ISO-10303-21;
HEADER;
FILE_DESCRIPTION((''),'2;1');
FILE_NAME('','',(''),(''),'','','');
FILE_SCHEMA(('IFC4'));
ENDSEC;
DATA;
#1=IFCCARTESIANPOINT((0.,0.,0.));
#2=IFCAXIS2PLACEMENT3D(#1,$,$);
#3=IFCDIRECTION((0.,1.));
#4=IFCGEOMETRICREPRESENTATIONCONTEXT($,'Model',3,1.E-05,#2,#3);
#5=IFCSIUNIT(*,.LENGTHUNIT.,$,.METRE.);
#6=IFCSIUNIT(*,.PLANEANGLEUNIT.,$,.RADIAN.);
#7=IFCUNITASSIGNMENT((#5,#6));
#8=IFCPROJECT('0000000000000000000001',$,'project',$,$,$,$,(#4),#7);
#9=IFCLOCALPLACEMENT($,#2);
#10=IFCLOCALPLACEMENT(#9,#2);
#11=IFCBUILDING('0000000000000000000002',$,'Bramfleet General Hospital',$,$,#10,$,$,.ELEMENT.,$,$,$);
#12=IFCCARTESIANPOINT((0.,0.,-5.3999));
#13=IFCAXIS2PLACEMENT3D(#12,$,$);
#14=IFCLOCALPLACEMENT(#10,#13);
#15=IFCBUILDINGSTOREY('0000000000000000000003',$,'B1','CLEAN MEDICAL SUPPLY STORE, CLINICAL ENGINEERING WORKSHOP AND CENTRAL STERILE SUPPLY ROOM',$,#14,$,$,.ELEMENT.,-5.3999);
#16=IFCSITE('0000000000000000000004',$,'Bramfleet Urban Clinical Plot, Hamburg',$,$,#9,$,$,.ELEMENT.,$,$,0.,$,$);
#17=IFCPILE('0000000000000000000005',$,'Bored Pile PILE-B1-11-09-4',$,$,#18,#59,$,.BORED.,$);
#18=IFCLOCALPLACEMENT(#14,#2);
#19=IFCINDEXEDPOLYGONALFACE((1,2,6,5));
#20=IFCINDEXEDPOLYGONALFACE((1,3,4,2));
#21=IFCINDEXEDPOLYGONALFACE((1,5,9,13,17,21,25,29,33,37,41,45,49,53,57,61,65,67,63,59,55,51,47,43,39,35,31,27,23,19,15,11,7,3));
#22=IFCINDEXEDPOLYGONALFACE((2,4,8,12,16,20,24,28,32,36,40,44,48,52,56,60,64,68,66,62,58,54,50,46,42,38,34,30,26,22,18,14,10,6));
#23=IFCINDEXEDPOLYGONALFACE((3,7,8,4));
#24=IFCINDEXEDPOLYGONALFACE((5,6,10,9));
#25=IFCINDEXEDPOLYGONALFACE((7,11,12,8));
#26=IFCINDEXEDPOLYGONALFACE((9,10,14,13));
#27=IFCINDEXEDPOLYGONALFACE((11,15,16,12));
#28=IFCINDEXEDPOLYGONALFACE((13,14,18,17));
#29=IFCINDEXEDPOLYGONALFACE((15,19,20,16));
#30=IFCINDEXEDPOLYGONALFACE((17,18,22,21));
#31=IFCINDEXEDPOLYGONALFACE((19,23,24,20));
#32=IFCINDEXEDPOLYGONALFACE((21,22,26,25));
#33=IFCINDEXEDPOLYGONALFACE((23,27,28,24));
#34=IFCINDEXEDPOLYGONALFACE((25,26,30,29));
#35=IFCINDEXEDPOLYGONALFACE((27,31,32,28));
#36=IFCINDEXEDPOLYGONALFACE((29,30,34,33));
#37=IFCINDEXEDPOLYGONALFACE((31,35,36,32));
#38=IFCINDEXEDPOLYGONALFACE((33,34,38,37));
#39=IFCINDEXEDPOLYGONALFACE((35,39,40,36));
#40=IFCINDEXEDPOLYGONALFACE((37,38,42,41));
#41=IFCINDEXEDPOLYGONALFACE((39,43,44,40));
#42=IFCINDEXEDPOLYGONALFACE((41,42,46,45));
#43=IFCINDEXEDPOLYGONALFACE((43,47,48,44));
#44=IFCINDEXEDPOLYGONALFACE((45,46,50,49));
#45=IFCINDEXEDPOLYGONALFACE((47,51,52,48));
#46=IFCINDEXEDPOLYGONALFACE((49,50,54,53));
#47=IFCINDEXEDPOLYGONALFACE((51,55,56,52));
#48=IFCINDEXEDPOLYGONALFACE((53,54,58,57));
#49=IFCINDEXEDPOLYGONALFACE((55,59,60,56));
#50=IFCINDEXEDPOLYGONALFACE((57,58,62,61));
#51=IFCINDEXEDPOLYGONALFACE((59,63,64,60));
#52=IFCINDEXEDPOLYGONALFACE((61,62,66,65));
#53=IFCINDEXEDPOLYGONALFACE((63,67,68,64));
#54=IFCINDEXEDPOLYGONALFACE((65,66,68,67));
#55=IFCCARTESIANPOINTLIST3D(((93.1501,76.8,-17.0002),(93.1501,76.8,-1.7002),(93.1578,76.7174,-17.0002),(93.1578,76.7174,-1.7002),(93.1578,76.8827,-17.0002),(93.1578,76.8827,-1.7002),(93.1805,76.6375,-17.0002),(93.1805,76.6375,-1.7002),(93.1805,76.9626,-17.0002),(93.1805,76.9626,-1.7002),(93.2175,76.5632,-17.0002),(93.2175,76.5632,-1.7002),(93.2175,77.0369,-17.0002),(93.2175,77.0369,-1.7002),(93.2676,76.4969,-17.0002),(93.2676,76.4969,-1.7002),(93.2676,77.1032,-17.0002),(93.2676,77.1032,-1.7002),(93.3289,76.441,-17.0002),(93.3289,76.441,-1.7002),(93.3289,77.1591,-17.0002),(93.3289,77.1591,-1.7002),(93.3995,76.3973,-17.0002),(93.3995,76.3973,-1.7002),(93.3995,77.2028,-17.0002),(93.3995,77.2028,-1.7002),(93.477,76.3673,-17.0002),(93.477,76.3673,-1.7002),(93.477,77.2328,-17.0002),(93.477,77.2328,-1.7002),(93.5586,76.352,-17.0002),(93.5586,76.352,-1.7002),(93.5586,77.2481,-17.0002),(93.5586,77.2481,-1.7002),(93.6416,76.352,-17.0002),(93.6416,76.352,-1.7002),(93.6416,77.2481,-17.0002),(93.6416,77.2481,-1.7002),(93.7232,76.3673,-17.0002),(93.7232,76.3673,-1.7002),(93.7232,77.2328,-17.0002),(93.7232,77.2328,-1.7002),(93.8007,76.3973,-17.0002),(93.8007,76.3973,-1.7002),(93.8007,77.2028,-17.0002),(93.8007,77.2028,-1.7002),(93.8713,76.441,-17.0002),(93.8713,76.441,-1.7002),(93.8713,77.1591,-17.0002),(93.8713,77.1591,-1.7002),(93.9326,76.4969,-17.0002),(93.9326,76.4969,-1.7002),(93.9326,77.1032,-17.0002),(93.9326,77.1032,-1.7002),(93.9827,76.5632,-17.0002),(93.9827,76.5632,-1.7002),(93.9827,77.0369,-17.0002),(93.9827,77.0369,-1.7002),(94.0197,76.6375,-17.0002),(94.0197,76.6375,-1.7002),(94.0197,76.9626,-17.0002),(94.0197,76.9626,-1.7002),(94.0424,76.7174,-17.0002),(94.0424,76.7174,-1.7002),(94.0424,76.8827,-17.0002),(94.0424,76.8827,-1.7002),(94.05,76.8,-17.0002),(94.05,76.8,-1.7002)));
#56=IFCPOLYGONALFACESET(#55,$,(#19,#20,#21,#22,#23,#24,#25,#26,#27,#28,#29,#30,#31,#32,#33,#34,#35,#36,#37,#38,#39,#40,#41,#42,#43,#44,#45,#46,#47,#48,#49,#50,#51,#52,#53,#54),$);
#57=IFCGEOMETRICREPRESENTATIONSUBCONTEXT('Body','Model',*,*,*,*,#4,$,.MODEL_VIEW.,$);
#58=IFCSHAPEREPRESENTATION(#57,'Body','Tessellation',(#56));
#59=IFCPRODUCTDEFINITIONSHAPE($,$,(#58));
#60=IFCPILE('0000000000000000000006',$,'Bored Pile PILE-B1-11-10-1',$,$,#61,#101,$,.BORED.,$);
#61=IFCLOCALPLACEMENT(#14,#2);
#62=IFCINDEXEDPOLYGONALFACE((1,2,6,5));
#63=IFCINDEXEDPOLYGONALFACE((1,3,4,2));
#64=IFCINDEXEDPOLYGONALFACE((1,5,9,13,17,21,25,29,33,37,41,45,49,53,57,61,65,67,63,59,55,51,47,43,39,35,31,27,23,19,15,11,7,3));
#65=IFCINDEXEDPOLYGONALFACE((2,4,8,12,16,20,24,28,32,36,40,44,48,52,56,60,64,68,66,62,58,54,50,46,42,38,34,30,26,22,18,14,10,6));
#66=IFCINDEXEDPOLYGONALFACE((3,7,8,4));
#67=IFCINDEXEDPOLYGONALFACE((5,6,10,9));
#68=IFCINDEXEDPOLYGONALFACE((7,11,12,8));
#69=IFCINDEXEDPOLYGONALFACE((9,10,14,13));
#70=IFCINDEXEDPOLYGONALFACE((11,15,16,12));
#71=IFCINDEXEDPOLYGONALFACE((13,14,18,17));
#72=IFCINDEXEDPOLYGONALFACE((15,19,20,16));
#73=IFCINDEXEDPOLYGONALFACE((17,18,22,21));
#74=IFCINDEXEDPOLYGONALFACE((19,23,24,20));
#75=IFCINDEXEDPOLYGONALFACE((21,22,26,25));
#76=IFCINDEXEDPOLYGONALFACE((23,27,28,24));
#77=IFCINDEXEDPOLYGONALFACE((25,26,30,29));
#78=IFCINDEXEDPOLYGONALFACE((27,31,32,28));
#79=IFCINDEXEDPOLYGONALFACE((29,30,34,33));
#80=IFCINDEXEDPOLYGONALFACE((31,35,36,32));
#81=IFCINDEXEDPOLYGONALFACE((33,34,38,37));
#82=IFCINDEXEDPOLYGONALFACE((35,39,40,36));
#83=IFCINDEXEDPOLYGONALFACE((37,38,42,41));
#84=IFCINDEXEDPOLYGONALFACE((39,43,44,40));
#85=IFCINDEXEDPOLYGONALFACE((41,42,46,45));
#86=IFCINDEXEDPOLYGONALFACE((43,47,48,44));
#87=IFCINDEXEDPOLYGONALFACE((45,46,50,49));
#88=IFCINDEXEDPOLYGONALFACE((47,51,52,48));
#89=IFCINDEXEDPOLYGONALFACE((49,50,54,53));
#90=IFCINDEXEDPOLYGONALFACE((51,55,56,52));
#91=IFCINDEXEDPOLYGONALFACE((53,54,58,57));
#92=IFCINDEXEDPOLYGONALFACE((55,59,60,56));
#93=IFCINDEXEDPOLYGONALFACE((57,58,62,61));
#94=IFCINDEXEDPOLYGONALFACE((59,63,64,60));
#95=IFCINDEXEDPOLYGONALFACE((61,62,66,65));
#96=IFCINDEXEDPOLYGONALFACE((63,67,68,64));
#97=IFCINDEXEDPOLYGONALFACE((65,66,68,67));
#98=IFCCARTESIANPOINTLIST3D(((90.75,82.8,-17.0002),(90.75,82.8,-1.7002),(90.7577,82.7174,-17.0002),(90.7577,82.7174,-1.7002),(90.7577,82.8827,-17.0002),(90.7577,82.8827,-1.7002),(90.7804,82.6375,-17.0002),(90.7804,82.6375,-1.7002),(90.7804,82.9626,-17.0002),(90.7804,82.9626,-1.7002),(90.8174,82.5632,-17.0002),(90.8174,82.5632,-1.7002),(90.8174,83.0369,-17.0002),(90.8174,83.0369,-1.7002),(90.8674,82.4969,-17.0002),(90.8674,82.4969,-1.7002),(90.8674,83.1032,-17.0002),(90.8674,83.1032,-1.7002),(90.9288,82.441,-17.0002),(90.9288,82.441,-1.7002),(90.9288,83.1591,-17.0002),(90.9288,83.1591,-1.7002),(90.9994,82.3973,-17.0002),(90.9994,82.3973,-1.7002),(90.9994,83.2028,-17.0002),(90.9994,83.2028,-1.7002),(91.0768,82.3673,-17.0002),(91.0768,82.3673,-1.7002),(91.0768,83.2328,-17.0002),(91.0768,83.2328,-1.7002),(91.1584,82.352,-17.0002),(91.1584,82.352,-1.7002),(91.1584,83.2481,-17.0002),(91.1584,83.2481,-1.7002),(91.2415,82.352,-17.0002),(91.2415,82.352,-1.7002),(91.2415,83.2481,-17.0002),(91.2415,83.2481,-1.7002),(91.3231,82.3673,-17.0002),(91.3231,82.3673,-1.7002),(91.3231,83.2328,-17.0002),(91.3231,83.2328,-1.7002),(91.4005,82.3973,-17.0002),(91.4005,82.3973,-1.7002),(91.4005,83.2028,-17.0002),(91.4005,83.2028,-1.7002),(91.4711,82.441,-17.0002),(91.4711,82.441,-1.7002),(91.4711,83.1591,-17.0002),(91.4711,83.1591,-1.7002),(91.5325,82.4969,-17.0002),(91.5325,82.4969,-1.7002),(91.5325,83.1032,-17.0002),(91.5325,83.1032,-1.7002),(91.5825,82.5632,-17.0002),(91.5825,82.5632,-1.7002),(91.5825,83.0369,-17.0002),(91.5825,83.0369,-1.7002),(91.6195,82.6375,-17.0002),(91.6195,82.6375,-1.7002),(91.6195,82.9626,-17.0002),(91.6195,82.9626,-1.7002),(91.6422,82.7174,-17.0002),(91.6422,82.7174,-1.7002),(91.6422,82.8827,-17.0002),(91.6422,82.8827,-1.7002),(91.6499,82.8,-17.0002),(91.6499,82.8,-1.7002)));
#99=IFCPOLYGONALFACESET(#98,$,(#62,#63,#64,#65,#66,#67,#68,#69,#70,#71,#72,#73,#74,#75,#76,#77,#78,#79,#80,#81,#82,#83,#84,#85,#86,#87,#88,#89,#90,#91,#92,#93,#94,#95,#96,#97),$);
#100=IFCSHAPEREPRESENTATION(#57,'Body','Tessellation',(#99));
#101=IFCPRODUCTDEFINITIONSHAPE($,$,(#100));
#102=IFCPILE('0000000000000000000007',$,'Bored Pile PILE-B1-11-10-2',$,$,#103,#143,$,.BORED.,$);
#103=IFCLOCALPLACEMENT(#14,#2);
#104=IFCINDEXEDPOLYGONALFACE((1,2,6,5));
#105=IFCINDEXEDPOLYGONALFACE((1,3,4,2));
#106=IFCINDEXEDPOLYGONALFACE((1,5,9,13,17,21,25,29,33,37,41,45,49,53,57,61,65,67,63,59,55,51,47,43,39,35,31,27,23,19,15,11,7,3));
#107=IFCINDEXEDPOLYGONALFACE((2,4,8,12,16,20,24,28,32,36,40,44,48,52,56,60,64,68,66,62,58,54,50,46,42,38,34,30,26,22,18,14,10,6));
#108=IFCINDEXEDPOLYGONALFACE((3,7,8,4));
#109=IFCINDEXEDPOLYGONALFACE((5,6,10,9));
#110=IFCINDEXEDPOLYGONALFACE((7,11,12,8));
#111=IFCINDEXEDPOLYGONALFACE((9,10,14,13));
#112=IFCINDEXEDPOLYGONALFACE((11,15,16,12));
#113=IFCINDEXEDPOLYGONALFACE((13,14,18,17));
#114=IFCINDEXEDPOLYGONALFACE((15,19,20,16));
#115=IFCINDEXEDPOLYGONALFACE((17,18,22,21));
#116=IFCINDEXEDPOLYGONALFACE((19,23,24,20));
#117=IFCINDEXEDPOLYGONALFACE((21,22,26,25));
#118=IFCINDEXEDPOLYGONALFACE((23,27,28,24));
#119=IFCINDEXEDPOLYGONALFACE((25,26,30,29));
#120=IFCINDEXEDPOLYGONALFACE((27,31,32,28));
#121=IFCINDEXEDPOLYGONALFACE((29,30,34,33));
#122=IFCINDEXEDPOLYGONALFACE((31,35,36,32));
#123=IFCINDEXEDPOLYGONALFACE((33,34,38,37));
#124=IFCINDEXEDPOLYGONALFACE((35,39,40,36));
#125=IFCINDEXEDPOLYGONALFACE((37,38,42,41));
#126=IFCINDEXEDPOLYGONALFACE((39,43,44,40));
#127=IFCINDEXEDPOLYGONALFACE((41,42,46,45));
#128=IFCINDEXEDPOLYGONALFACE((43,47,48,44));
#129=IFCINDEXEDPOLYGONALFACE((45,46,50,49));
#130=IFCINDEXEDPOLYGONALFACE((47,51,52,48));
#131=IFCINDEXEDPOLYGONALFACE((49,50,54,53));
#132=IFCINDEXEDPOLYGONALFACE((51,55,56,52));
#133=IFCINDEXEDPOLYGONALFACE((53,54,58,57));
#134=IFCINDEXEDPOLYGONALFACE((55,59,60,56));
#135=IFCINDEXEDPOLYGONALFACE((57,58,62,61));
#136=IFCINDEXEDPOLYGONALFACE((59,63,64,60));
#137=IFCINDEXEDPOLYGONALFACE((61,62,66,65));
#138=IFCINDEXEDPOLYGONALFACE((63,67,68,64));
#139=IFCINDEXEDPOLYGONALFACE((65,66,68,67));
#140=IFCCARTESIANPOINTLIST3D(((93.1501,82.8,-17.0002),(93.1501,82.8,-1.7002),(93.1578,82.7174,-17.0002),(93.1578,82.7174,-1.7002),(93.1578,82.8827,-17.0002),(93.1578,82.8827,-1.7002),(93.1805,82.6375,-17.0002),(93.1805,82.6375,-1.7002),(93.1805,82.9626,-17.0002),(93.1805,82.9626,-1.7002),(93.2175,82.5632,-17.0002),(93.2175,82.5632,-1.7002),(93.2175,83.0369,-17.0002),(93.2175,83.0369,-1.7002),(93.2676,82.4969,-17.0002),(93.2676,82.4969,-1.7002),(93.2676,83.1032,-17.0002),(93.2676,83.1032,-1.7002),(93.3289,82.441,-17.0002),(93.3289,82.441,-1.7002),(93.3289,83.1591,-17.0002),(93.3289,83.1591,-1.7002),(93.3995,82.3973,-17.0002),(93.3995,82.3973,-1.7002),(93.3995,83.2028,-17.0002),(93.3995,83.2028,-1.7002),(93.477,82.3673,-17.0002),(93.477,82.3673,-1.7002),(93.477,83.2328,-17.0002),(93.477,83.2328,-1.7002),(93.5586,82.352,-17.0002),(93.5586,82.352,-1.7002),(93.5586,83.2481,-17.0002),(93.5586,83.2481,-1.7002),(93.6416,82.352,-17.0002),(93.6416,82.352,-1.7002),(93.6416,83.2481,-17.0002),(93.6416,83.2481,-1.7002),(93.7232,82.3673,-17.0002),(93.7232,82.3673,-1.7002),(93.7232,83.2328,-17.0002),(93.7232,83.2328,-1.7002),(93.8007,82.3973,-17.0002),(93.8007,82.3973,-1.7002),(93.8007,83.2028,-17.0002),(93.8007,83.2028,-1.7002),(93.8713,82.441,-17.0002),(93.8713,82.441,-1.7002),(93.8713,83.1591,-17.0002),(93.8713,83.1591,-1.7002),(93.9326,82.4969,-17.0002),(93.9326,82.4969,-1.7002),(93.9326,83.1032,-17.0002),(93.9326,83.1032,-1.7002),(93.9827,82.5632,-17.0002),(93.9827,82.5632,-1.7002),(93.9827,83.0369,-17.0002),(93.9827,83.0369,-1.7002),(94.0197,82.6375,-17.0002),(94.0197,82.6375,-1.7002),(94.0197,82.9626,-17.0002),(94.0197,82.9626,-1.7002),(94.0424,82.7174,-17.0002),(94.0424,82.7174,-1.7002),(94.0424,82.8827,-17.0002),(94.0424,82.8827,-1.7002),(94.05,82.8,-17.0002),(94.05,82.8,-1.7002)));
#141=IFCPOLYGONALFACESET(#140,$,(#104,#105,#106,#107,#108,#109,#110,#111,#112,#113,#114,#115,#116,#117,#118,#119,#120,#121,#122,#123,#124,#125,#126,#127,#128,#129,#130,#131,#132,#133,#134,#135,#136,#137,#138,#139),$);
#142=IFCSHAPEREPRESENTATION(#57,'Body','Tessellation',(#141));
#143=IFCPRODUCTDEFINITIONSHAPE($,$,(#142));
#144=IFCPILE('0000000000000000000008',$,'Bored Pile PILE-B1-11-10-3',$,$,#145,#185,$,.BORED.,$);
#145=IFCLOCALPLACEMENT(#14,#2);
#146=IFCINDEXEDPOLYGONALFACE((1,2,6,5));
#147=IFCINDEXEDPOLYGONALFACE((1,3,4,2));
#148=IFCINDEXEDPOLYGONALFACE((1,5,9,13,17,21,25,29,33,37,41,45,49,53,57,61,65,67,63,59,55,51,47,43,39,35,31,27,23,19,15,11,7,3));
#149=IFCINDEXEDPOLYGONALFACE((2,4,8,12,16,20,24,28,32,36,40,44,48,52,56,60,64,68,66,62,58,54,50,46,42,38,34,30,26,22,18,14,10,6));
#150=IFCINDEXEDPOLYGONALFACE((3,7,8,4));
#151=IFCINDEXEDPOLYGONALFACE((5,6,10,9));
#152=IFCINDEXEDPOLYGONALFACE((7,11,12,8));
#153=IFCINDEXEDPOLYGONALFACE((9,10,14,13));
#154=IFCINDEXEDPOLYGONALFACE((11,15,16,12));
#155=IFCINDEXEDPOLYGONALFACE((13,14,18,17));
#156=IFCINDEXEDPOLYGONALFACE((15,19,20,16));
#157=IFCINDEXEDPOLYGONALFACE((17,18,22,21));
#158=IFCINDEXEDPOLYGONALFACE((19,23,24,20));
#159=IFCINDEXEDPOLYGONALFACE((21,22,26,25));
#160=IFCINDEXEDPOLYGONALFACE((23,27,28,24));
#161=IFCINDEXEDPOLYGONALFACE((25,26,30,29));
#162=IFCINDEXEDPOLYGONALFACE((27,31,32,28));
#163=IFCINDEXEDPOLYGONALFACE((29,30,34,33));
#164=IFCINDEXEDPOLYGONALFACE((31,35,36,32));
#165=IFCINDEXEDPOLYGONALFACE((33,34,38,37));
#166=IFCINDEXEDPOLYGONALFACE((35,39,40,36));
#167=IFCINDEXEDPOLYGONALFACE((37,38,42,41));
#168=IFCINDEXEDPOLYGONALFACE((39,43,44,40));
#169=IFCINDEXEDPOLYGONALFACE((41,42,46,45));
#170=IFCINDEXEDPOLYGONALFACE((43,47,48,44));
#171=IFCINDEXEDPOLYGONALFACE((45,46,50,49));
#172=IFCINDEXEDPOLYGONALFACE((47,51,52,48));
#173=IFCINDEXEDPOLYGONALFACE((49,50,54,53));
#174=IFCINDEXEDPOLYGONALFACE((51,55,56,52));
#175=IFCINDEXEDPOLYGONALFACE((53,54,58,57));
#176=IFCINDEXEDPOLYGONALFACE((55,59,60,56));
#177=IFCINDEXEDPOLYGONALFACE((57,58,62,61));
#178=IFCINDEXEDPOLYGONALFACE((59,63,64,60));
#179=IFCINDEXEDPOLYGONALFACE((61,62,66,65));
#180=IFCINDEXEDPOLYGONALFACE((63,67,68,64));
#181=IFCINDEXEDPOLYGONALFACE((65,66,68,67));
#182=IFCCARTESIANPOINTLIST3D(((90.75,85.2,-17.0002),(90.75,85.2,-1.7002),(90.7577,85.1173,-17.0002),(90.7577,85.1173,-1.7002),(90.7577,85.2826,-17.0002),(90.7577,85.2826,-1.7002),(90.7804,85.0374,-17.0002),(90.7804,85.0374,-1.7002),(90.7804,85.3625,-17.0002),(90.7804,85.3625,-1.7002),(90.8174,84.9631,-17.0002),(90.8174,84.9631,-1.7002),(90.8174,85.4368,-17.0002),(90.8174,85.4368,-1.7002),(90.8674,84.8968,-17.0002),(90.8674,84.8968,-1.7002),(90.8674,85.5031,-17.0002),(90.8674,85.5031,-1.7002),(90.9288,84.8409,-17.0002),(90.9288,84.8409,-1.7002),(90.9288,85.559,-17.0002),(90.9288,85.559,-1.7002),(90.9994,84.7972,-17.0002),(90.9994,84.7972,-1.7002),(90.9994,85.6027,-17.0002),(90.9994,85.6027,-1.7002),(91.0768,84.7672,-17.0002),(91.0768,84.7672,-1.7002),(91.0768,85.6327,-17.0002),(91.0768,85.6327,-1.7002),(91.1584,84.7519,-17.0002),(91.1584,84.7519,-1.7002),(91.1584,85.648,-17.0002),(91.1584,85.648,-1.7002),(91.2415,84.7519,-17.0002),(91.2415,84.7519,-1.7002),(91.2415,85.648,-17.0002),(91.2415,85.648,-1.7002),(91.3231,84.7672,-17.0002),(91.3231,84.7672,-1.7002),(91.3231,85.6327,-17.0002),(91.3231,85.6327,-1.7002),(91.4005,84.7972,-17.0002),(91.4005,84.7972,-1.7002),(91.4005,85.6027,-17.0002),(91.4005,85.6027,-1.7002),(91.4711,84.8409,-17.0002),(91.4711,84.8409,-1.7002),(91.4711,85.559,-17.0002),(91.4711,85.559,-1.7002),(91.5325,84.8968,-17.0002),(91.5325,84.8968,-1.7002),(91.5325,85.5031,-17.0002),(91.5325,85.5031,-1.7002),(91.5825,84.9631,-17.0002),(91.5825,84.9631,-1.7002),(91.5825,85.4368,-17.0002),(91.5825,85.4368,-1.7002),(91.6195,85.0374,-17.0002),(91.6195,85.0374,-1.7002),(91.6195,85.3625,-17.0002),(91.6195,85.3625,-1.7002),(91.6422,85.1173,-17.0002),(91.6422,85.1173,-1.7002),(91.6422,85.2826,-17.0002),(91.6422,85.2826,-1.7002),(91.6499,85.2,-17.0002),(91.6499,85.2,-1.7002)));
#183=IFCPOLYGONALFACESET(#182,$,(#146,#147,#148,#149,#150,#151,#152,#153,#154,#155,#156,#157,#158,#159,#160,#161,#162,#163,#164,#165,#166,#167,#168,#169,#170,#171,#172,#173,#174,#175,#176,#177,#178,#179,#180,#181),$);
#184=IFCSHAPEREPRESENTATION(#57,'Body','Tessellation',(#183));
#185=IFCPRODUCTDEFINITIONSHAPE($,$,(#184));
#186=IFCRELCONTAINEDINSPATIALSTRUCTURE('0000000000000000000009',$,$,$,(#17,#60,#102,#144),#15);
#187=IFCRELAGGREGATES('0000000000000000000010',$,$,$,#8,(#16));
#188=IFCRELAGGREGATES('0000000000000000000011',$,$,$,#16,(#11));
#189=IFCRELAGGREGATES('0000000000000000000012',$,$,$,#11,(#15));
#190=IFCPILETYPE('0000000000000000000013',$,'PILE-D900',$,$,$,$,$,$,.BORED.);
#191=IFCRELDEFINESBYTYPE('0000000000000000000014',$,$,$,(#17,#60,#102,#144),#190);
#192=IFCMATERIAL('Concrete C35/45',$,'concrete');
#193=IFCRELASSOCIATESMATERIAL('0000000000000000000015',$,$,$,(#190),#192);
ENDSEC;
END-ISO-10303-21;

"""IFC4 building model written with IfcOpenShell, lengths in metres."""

from ifc_helpers import new_model, si_unit, direction, frame, origin, origin_2d, place, context, subcontext, project, spatial, circle, extrude, material, material_profile, profile_set, type_object, element, save


model = new_model("IFC4")

# Units and contexts
model_context = context("Model", 3, precision=1e-05, world=origin(), true_north=direction((0.0, 1.0)))
body_context = subcontext(model_context, "Body", "Model", "MODEL_VIEW")
ifc_project = project(units=[si_unit("LENGTHUNIT", "METRE"), si_unit("PLANEANGLEUNIT", "RADIAN")], contexts=[model_context])

# Site, building, storey
site_placement = place(None, origin())
site = spatial("IfcSite", under=ifc_project, at=site_placement, Name="Bramfleet Urban Clinical Plot, Hamburg", CompositionType="ELEMENT", RefElevation=0.0)
building_placement = place(site_placement, origin())
building = spatial("IfcBuilding", under=site, at=building_placement, Name="Bramfleet General Hospital", CompositionType="ELEMENT")
storey_placement = place(building_placement, frame((0.0, 0.0, -5.3999)))
storey = spatial("IfcBuildingStorey", under=building, at=storey_placement, Name="B1", Description="CLEAN MEDICAL SUPPLY STORE, CLINICAL ENGINEERING WORKSHOP AND CENTRAL STERILE SUPPLY ROOM", CompositionType="ELEMENT", Elevation=-5.3999)

# Shared definitions
ifc_material_1 = material(Name="Concrete C35/45", Category="concrete")

# Piles
ifc_material_profile_1 = material_profile(ifc_material_1, circle(Radius=0.45, at=origin_2d()), Name="PILE BORED D900")
ifc_profile_set_1 = profile_set([ifc_material_profile_1], Name="Concrete C35/45")
pile_type_1 = type_object("IfcPileType", Name="PILE-D900", PredefinedType="BORED", material=ifc_profile_set_1)
for number, where, z_axis, x_axis, name in (
    (1, (93.6001, 76.8, -1.7002), (0.0, 0.0, -1.0), (1.0, 0.0, 0.0), "Bored Pile PILE-B1-11-09-4"),
    (2, (91.2, 82.8, -1.7002), (0.0, 0.0, -1.0), (1.0, 0.0, 0.0), "Bored Pile PILE-B1-11-10-1"),
    (3, (93.6001, 82.8, -1.7002), (0.0, 0.0, -1.0), (1.0, 0.0, 0.0), "Bored Pile PILE-B1-11-10-2"),
    (4, (91.2, 85.2, -1.7002), (0.0, 0.0, -1.0), (1.0, 0.0, 0.0), "Bored Pile PILE-B1-11-10-3"),
):
    element("IfcPile", number, at=place(storey_placement, frame(where, z_axis=z_axis, x_axis=x_axis)), inside=storey, type_object=pile_type_1, Name=name, PredefinedType="BORED", context=body_context, shape_type="SweptSolid", body=[
        extrude(circle(Radius=0.45, at=origin_2d()), origin(), (0.0, 0.0, 1.0), 15.3),
    ])

save(model, "model.ifc")
